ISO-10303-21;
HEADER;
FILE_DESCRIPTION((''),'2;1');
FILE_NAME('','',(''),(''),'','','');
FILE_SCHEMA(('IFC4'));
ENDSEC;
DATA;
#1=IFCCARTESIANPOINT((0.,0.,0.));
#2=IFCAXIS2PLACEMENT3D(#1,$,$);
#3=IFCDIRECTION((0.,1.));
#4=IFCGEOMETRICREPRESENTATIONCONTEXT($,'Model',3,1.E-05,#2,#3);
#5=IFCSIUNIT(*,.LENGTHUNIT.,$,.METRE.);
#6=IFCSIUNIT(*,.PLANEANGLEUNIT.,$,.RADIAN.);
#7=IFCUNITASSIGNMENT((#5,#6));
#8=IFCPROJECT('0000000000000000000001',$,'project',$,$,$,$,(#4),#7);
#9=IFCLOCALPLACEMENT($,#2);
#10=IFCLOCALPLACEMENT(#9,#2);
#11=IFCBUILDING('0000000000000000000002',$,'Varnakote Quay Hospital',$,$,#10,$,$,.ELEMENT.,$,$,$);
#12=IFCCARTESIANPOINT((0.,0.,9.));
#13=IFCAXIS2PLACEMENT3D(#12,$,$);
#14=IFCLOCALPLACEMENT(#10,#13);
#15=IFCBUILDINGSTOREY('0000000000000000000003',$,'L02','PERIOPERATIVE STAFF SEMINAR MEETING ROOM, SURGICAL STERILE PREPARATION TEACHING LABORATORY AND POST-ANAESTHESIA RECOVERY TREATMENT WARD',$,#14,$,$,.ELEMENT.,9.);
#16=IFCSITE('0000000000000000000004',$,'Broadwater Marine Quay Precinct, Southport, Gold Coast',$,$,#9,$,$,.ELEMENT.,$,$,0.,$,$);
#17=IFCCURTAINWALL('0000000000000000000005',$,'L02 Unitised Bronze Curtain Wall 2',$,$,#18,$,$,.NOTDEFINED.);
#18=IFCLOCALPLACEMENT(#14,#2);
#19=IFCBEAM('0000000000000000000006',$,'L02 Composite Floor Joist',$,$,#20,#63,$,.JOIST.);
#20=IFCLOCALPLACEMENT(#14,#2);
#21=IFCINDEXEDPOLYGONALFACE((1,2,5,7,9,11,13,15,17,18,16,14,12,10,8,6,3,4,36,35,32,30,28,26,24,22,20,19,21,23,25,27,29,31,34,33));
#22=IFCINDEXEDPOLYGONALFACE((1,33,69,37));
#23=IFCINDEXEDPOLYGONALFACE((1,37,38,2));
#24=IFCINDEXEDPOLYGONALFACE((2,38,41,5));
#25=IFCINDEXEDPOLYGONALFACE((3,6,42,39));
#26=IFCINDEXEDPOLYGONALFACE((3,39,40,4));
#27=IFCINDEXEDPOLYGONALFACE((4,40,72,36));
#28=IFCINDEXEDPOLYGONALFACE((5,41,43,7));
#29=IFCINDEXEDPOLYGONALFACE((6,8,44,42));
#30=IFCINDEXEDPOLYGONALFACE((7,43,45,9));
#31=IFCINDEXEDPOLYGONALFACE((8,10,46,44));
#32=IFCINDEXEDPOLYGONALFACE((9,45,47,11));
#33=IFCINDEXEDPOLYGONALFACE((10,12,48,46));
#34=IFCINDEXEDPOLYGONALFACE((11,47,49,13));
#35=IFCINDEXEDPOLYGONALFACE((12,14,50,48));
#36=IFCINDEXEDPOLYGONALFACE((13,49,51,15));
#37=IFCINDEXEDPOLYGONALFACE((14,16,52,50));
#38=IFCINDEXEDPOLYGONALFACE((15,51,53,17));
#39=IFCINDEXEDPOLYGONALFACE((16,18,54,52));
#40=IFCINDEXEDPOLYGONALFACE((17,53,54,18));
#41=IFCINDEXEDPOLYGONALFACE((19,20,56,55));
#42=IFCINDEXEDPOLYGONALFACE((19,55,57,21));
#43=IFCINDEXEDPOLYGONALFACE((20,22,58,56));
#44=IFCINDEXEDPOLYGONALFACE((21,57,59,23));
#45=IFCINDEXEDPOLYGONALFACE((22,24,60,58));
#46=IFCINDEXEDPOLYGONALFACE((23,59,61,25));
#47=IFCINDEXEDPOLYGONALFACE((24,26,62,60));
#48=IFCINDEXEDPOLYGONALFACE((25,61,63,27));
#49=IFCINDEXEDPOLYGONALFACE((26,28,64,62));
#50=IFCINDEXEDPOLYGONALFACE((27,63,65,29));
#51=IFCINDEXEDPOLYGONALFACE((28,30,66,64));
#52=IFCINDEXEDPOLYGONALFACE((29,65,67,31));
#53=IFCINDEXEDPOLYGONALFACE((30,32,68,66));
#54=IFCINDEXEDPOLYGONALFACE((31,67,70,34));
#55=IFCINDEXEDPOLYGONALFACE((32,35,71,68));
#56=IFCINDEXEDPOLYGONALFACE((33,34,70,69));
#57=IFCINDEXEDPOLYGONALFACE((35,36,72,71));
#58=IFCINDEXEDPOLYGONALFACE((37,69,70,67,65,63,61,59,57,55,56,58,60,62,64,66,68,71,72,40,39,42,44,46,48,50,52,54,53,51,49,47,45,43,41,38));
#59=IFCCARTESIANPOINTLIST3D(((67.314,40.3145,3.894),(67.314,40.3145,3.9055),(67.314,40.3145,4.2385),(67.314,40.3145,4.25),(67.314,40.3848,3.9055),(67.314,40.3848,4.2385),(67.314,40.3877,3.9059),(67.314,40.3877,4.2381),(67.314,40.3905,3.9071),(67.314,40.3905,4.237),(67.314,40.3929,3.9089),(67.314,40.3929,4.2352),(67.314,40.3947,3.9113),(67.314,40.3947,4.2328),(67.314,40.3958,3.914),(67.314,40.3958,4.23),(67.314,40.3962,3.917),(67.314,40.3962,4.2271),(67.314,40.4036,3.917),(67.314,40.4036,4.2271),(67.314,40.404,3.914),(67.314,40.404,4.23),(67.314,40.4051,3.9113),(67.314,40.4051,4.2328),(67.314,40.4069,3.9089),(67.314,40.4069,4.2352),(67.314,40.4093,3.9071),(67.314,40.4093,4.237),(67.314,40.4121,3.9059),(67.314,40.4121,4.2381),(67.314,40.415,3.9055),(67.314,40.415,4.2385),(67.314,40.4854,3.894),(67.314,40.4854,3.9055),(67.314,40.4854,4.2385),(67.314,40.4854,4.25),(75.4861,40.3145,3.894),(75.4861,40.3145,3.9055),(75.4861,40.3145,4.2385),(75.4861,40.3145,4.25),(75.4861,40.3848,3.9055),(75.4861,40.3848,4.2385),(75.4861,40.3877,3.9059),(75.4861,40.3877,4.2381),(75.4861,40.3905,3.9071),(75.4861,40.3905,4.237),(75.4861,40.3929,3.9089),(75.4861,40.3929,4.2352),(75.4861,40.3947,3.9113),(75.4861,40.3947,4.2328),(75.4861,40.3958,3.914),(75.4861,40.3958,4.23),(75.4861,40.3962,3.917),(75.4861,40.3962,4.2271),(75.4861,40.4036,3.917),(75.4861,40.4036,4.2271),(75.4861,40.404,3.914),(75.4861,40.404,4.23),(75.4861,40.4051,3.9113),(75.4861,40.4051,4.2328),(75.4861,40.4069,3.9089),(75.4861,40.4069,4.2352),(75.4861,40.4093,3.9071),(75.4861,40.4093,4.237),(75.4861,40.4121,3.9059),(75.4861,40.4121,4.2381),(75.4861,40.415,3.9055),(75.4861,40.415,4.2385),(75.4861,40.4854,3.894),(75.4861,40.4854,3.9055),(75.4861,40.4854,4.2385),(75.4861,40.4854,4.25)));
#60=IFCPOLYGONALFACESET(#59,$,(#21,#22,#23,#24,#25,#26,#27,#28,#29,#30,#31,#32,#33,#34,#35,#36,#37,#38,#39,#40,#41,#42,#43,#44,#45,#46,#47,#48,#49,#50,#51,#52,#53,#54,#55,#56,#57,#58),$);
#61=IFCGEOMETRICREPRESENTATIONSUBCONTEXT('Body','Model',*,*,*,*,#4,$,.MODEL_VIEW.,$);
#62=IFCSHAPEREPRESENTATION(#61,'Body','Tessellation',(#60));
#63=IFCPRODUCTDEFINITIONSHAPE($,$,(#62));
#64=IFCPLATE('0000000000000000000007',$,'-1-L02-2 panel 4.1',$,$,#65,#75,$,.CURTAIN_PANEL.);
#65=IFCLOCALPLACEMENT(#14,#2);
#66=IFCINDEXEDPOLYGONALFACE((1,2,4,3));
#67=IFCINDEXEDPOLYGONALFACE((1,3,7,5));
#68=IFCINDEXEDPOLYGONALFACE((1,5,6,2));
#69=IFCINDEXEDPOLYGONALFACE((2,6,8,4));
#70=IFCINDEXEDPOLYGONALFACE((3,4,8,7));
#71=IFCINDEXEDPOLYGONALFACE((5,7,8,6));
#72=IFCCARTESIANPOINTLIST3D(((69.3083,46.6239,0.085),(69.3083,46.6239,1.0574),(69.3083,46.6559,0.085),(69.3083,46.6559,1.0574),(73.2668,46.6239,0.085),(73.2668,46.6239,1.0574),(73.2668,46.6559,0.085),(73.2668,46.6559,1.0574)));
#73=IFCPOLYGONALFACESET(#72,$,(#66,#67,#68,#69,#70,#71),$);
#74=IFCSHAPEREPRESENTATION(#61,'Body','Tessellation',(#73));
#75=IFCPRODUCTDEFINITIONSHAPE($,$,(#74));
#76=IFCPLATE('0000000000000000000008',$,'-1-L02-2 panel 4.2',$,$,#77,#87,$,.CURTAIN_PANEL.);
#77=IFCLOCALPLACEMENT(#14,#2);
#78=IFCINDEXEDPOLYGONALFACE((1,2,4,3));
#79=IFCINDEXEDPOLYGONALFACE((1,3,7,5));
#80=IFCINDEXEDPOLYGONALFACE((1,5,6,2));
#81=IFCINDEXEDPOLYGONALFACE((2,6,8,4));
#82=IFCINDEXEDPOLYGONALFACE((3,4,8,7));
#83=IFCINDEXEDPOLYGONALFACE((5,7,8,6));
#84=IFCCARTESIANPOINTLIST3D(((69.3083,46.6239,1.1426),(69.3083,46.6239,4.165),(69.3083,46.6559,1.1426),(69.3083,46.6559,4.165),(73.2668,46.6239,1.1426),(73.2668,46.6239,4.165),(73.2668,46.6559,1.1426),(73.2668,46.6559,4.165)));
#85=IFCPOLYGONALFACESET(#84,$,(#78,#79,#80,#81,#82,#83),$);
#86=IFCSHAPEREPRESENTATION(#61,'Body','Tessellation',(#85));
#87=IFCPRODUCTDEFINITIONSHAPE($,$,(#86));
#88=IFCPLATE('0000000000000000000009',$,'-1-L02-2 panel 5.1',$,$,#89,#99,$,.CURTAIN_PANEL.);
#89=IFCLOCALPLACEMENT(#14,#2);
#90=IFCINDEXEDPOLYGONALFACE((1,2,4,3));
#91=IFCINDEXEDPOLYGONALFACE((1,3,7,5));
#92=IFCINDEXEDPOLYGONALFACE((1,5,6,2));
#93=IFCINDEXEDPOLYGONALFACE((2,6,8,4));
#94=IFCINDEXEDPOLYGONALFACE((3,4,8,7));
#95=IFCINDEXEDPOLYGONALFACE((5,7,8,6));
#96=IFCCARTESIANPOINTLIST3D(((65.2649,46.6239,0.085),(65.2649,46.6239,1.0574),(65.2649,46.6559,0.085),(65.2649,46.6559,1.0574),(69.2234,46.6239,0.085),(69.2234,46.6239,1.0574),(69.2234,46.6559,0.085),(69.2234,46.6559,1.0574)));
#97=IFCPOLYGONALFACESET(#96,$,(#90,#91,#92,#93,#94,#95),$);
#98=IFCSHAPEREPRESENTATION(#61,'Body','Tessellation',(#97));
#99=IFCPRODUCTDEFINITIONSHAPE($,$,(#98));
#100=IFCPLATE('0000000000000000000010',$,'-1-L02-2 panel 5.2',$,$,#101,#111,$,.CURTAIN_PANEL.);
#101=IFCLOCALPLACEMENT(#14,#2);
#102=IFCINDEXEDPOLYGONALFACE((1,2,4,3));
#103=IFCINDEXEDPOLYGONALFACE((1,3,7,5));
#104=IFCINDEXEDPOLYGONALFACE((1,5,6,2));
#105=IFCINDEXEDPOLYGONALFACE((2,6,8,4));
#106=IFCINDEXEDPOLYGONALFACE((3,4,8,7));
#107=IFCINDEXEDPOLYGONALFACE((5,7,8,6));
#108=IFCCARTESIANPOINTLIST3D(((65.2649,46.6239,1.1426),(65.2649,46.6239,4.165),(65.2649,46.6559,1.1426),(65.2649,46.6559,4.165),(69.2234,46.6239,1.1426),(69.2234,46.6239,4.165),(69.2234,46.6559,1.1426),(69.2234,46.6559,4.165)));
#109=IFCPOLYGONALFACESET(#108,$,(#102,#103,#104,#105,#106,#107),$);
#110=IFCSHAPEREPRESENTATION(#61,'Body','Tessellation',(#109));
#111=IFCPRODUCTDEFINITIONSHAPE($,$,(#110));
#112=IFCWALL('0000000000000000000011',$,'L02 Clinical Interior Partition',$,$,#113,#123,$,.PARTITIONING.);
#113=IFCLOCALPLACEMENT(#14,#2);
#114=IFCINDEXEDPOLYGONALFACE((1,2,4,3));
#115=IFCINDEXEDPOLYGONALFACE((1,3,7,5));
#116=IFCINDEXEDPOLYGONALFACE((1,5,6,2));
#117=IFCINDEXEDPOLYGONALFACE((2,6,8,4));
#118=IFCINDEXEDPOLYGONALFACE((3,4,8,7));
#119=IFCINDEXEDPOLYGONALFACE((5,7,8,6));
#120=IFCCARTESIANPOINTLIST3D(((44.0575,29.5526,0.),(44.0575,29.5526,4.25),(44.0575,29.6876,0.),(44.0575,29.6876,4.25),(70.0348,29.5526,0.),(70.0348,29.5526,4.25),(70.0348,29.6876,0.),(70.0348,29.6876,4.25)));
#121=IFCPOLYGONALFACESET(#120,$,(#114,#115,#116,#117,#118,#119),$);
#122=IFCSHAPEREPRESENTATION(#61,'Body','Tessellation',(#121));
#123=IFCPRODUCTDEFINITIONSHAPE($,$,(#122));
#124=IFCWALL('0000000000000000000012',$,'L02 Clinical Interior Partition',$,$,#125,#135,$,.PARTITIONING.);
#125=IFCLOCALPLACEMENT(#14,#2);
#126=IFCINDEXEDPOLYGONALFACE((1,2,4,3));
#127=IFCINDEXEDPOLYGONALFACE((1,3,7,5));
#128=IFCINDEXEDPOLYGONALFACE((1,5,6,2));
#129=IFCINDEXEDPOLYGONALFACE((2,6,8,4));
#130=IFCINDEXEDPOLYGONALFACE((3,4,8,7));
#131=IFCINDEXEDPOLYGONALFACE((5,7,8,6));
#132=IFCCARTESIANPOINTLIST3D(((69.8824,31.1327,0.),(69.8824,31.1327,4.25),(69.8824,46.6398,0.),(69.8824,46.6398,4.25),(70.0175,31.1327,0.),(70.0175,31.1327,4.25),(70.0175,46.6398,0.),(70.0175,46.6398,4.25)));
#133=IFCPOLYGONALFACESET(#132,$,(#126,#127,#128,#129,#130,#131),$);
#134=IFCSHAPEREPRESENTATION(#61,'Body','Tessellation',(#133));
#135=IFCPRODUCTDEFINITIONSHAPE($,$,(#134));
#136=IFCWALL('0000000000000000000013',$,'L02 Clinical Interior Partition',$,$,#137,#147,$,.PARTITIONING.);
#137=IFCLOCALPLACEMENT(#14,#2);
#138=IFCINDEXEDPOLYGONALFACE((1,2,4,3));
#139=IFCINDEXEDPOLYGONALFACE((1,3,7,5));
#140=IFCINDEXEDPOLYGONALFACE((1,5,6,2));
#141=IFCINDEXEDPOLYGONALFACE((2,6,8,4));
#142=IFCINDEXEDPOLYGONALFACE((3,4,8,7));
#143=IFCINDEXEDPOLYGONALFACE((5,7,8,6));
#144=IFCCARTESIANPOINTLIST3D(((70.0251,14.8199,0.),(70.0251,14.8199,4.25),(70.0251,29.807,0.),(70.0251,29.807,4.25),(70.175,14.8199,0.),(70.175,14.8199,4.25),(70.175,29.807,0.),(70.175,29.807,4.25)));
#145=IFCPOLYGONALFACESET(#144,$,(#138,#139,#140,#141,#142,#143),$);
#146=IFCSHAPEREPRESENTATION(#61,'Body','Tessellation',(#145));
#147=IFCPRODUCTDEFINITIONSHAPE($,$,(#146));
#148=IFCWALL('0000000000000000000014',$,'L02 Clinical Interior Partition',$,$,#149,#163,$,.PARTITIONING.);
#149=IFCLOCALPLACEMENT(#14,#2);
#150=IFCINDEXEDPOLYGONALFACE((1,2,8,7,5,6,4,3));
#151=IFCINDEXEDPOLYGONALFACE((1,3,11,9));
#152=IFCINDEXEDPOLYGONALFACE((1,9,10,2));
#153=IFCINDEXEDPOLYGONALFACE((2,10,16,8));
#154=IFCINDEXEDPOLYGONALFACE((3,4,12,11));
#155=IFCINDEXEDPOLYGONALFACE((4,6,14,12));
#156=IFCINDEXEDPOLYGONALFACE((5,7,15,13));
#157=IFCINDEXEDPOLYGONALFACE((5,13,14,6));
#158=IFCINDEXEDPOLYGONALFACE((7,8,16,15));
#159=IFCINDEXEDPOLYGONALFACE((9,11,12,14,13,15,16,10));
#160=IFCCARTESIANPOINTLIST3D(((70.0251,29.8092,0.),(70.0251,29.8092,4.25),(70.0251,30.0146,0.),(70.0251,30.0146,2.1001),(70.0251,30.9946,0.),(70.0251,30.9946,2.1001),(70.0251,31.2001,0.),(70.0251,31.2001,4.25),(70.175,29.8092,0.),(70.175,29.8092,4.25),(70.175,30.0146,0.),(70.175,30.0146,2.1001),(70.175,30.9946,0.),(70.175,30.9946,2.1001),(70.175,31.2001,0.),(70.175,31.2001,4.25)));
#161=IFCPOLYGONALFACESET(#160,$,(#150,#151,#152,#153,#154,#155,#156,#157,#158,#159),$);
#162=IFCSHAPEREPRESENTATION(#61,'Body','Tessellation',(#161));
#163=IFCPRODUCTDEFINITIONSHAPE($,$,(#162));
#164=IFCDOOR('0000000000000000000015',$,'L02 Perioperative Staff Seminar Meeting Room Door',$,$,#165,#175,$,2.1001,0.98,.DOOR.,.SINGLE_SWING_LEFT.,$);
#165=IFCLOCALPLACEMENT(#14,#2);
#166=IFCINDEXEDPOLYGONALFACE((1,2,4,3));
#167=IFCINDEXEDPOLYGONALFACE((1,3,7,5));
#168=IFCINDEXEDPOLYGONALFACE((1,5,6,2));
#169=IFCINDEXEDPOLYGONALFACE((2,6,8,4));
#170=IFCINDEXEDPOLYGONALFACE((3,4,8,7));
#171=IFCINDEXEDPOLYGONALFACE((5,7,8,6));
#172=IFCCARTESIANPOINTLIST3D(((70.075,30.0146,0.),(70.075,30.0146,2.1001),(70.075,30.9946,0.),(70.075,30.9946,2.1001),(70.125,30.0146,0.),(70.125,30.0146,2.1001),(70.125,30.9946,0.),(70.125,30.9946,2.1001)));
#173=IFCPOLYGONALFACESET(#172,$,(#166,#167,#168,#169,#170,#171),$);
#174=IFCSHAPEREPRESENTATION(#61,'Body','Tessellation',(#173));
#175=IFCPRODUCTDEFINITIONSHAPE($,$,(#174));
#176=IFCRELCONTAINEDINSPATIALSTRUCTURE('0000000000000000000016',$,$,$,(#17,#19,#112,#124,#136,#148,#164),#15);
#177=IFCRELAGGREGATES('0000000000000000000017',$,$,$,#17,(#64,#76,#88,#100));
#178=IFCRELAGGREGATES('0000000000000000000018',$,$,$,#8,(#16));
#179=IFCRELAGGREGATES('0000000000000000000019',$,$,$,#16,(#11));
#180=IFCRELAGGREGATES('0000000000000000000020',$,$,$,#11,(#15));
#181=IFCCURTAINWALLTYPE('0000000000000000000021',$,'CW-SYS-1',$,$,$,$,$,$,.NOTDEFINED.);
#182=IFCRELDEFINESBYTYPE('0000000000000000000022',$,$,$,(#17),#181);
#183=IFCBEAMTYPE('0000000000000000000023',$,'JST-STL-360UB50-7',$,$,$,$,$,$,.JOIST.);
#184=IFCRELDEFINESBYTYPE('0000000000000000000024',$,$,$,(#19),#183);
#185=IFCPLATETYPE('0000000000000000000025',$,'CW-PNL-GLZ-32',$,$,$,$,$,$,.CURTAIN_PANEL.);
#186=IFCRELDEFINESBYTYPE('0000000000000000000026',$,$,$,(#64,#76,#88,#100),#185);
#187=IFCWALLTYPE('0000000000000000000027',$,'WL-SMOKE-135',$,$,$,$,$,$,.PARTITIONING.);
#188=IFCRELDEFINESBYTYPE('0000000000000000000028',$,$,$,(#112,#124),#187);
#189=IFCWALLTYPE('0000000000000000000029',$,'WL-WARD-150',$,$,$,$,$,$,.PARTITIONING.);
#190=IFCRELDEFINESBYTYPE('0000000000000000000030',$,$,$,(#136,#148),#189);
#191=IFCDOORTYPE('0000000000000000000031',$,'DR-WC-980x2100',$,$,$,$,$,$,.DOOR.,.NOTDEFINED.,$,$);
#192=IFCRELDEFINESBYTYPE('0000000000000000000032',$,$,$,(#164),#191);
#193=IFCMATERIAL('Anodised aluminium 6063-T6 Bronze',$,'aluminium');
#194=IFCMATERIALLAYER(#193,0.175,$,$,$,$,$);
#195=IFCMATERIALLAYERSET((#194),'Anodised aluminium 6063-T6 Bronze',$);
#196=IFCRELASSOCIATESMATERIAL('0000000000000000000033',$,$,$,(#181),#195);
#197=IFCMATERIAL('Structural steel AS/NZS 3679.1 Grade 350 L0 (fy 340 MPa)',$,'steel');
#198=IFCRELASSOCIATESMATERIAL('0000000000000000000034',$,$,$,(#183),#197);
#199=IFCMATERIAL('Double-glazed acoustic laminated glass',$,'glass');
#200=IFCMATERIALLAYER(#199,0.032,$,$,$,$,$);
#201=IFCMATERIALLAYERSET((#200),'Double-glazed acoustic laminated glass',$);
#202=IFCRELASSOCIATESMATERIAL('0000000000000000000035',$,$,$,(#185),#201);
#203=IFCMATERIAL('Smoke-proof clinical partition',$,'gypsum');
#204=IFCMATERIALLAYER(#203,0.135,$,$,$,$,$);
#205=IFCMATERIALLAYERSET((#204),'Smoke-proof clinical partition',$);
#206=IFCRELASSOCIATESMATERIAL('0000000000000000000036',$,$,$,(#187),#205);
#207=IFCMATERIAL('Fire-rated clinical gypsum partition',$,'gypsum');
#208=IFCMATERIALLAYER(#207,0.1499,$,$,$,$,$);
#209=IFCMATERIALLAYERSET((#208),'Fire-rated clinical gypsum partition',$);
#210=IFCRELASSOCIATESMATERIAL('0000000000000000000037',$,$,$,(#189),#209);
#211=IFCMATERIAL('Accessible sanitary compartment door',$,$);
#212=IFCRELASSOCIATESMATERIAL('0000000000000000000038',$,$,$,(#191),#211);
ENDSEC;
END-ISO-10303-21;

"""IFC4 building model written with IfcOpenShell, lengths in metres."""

from ifc_helpers import new_model, si_unit, direction, frame, frame_2d, origin, origin_2d, place, context, subcontext, project, spatial, rectangle, i_section, extrude, material, layer, layer_set, material_profile, profile_set, type_object, element, fill, aggregate, save


model = new_model("IFC4")

# Units and contexts
model_context = context("Model", 3, precision=1e-05, world=origin(), true_north=direction((0.0, 1.0)))
body_context = subcontext(model_context, "Body", "Model", "MODEL_VIEW")
ifc_project = project(units=[si_unit("LENGTHUNIT", "METRE"), si_unit("PLANEANGLEUNIT", "RADIAN")], contexts=[model_context])

# Site, building, storey
site_placement = place(None, origin())
site = spatial("IfcSite", under=ifc_project, at=site_placement, Name="Broadwater Marine Quay Precinct, Southport, Gold Coast", CompositionType="ELEMENT", RefElevation=0.0)
building_placement = place(site_placement, origin())
building = spatial("IfcBuilding", under=site, at=building_placement, Name="Varnakote Quay Hospital", CompositionType="ELEMENT")
storey_placement = place(building_placement, frame((0.0, 0.0, 9.0)))
storey = spatial("IfcBuildingStorey", under=building, at=storey_placement, Name="L02", Description="PERIOPERATIVE STAFF SEMINAR MEETING ROOM, SURGICAL STERILE PREPARATION TEACHING LABORATORY AND POST-ANAESTHESIA RECOVERY TREATMENT WARD", CompositionType="ELEMENT", Elevation=9.0)

# Curtain wall
ifc_material_1 = material(Name="Anodised aluminium 6063-T6 Bronze", Category="aluminium")
ifc_layer_1 = layer(ifc_material_1, 0.175)
ifc_layer_set_1 = layer_set([ifc_layer_1], Name="Anodised aluminium 6063-T6 Bronze")
curtain_wall_type = type_object("IfcCurtainWallType", Name="CW-SYS-1", PredefinedType="NOTDEFINED", material=ifc_layer_set_1)
curtain_wall_placement = place(storey_placement, origin())
curtain_wall = element("IfcCurtainWall", 1, at=curtain_wall_placement, inside=storey, type_object=curtain_wall_type, Name="L02 Unitised Bronze Curtain Wall 2", PredefinedType="NOTDEFINED")

# Beam
ifc_material_2 = material(Name="Structural steel AS/NZS 3679.1 Grade 350 L0 (fy 340 MPa)", Category="steel")
ifc_material_profile_1 = material_profile(ifc_material_2, i_section(OverallWidth=0.1709, OverallDepth=0.356, WebThickness=0.0073, FlangeThickness=0.0115, FilletRadius=0.0115, at=origin_2d()), Name="360UB50.7")
ifc_profile_set_1 = profile_set([ifc_material_profile_1], Name="Structural steel AS/NZS 3679.1 Grade 350 L0 (fy 340 MPa)")
beam_type_1 = type_object("IfcBeamType", Name="JST-STL-360UB50-7", PredefinedType="JOIST", material=ifc_profile_set_1)
for number, where, z_axis, x_axis, name in (
    (2, (67.314, 40.3999, 4.072), (1.0, 0.0, 0.0), (0.0, 1.0, 0.0), "L02 Composite Floor Joist"),
):
    element("IfcBeam", number, at=place(storey_placement, frame(where, z_axis=z_axis, x_axis=x_axis)), inside=storey, type_object=beam_type_1, Name=name, PredefinedType="JOIST", context=body_context, shape_type="SweptSolid", body=[
        extrude(i_section(OverallWidth=0.1709, OverallDepth=0.356, WebThickness=0.0073, FlangeThickness=0.0115, FilletRadius=0.0115, at=origin_2d()), origin(), (0.0, 0.0, 1.0), 8.1721),
    ])

# Plates
ifc_material_3 = material(Name="Double-glazed acoustic laminated glass", Category="glass")
ifc_layer_2 = layer(ifc_material_3, 0.032)
ifc_layer_set_2 = layer_set([ifc_layer_2], Name="Double-glazed acoustic laminated glass")
plate_type = type_object("IfcPlateType", Name="CW-PNL-GLZ-32", PredefinedType="CURTAIN_PANEL", material=ifc_layer_set_2)
plate_1_placement = place(storey_placement, frame((71.2876, 46.6399, 0.085), z_axis=(0.0, 0.0, 1.0), x_axis=(-1.0, 0.0, 0.0)))
plate_1 = element("IfcPlate", 3, at=plate_1_placement, type_object=plate_type, Name="-1-L02-2 panel 4.1", PredefinedType="CURTAIN_PANEL", context=body_context, shape_type="SweptSolid", body=[
    extrude(rectangle(XDim=3.9585, YDim=0.032, at=origin_2d()), origin(), (0.0, 0.0, 1.0), 0.9724),
])
plate_2_placement = place(storey_placement, frame((71.2876, 46.6399, 1.1426), z_axis=(0.0, 0.0, 1.0), x_axis=(-1.0, 0.0, 0.0)))
plate_2 = element("IfcPlate", 4, at=plate_2_placement, type_object=plate_type, Name="-1-L02-2 panel 4.2", PredefinedType="CURTAIN_PANEL", context=body_context, shape_type="SweptSolid", body=[
    extrude(rectangle(XDim=3.9585, YDim=0.032, at=origin_2d()), origin(), (0.0, 0.0, 1.0), 3.0225),
])
plate_3_placement = place(storey_placement, frame((67.2441, 46.6399, 0.085), z_axis=(0.0, 0.0, 1.0), x_axis=(-1.0, 0.0, 0.0)))
plate_3 = element("IfcPlate", 5, at=plate_3_placement, type_object=plate_type, Name="-1-L02-2 panel 5.1", PredefinedType="CURTAIN_PANEL", context=body_context, shape_type="SweptSolid", body=[
    extrude(rectangle(XDim=3.9585, YDim=0.032, at=origin_2d()), origin(), (0.0, 0.0, 1.0), 0.9724),
])
plate_4_placement = place(storey_placement, frame((67.2441, 46.6399, 1.1426), z_axis=(0.0, 0.0, 1.0), x_axis=(-1.0, 0.0, 0.0)))
plate_4 = element("IfcPlate", 6, at=plate_4_placement, type_object=plate_type, Name="-1-L02-2 panel 5.2", PredefinedType="CURTAIN_PANEL", context=body_context, shape_type="SweptSolid", body=[
    extrude(rectangle(XDim=3.9585, YDim=0.032, at=origin_2d()), origin(), (0.0, 0.0, 1.0), 3.0225),
])
aggregate(curtain_wall, [plate_1, plate_2, plate_3, plate_4])

# Walls
ifc_material_4 = material(Name="Smoke-proof clinical partition", Category="gypsum")
ifc_layer_3 = layer(ifc_material_4, 0.135)
ifc_layer_set_3 = layer_set([ifc_layer_3], Name="Smoke-proof clinical partition")
wall_type_1 = type_object("IfcWallType", Name="WL-SMOKE-135", PredefinedType="PARTITIONING", material=ifc_layer_set_3)
wall_1_placement = place(storey_placement, frame((70.0349, 29.6201, 0.0), z_axis=(0.0, 0.0, 1.0), x_axis=(-1.0, 0.0, 0.0)))
element("IfcWall", 7, at=wall_1_placement, inside=storey, type_object=wall_type_1, Name="L02 Clinical Interior Partition", PredefinedType="PARTITIONING", context=body_context, shape_type="SweptSolid", body=[
    extrude(rectangle(XDim=25.9773, YDim=0.135, at=frame_2d((12.9888, 0.0))), origin(), (0.0, 0.0, 1.0), 4.25),
])
wall_2_placement = place(storey_placement, frame((69.95, 31.1328, 0.0), z_axis=(0.0, 0.0, 1.0), x_axis=(0.0, 1.0, 0.0)))
element("IfcWall", 8, at=wall_2_placement, inside=storey, type_object=wall_type_1, Name="L02 Clinical Interior Partition", PredefinedType="PARTITIONING", context=body_context, shape_type="SweptSolid", body=[
    extrude(rectangle(XDim=15.5071, YDim=0.135, at=frame_2d((7.7534, 0.0))), origin(), (0.0, 0.0, 1.0), 4.25),
])
ifc_material_5 = material(Name="Fire-rated clinical gypsum partition", Category="gypsum")
ifc_layer_4 = layer(ifc_material_5, 0.1499)
ifc_layer_set_4 = layer_set([ifc_layer_4], Name="Fire-rated clinical gypsum partition")
wall_type_2 = type_object("IfcWallType", Name="WL-WARD-150", PredefinedType="PARTITIONING", material=ifc_layer_set_4)
wall_3_placement = place(storey_placement, frame((70.1001, 29.8071, 0.0), z_axis=(0.0, 0.0, 1.0), x_axis=(0.0, -1.0, 0.0)))
element("IfcWall", 9, at=wall_3_placement, inside=storey, type_object=wall_type_2, Name="L02 Clinical Interior Partition", PredefinedType="PARTITIONING", context=body_context, shape_type="SweptSolid", body=[
    extrude(rectangle(XDim=14.9871, YDim=0.1499, at=frame_2d((7.4937, 0.0))), origin(), (0.0, 0.0, 1.0), 4.25),
])

# Wall, opening, door
wall_4_placement = place(storey_placement, frame((70.1001, 31.2, 0.0), z_axis=(0.0, 0.0, 1.0), x_axis=(0.0, -1.0, 0.0)))
wall_4 = element("IfcWall", 10, at=wall_4_placement, inside=storey, type_object=wall_type_2, Name="L02 Clinical Interior Partition", PredefinedType="PARTITIONING", context=body_context, shape_type="SweptSolid", body=[
    extrude(rectangle(XDim=1.3909, YDim=0.1499, at=frame_2d((0.6953, 0.0))), origin(), (0.0, 0.0, 1.0), 4.25),
])
opening_1_placement = place(wall_4_placement, frame((0.2053, 0.0, 0.0)))
opening_1 = element("IfcOpeningElement", 11, at=opening_1_placement, cuts=wall_4, PredefinedType="OPENING", context=body_context, shape_type="SweptSolid", body=[
    extrude(rectangle(XDim=0.98, YDim=2.1001, at=frame_2d((0.49, 1.05))), frame((0.0, 0.085, 0.0), z_axis=(0.0, -1.0, 0.0), x_axis=(1.0, 0.0, 0.0)), (0.0, 0.0, 1.0), 0.1699),
])
ifc_material_6 = material(Name="Accessible sanitary compartment door")
door_type_1 = type_object("IfcDoorType", Name="DR-WC-980x2100", OperationType="NOTDEFINED", PredefinedType="DOOR", material=ifc_material_6)
door_1_placement = place(opening_1_placement, origin())
door_1 = element("IfcDoor", 12, at=door_1_placement, inside=storey, type_object=door_type_1, Name="L02 Perioperative Staff Seminar Meeting Room Door", OperationType="SINGLE_SWING_LEFT", OverallHeight=2.1001, OverallWidth=0.98, PredefinedType="DOOR", context=body_context, shape_type="SweptSolid", body=[
    extrude(rectangle(XDim=0.98, YDim=2.1001, at=frame_2d((0.49, 1.05))), frame((0.0, 0.0249, 0.0), z_axis=(0.0, -1.0, 0.0), x_axis=(1.0, 0.0, 0.0)), (0.0, 0.0, 1.0), 0.05),
])
fill(opening_1, door_1)

save(model, "model.ifc")
